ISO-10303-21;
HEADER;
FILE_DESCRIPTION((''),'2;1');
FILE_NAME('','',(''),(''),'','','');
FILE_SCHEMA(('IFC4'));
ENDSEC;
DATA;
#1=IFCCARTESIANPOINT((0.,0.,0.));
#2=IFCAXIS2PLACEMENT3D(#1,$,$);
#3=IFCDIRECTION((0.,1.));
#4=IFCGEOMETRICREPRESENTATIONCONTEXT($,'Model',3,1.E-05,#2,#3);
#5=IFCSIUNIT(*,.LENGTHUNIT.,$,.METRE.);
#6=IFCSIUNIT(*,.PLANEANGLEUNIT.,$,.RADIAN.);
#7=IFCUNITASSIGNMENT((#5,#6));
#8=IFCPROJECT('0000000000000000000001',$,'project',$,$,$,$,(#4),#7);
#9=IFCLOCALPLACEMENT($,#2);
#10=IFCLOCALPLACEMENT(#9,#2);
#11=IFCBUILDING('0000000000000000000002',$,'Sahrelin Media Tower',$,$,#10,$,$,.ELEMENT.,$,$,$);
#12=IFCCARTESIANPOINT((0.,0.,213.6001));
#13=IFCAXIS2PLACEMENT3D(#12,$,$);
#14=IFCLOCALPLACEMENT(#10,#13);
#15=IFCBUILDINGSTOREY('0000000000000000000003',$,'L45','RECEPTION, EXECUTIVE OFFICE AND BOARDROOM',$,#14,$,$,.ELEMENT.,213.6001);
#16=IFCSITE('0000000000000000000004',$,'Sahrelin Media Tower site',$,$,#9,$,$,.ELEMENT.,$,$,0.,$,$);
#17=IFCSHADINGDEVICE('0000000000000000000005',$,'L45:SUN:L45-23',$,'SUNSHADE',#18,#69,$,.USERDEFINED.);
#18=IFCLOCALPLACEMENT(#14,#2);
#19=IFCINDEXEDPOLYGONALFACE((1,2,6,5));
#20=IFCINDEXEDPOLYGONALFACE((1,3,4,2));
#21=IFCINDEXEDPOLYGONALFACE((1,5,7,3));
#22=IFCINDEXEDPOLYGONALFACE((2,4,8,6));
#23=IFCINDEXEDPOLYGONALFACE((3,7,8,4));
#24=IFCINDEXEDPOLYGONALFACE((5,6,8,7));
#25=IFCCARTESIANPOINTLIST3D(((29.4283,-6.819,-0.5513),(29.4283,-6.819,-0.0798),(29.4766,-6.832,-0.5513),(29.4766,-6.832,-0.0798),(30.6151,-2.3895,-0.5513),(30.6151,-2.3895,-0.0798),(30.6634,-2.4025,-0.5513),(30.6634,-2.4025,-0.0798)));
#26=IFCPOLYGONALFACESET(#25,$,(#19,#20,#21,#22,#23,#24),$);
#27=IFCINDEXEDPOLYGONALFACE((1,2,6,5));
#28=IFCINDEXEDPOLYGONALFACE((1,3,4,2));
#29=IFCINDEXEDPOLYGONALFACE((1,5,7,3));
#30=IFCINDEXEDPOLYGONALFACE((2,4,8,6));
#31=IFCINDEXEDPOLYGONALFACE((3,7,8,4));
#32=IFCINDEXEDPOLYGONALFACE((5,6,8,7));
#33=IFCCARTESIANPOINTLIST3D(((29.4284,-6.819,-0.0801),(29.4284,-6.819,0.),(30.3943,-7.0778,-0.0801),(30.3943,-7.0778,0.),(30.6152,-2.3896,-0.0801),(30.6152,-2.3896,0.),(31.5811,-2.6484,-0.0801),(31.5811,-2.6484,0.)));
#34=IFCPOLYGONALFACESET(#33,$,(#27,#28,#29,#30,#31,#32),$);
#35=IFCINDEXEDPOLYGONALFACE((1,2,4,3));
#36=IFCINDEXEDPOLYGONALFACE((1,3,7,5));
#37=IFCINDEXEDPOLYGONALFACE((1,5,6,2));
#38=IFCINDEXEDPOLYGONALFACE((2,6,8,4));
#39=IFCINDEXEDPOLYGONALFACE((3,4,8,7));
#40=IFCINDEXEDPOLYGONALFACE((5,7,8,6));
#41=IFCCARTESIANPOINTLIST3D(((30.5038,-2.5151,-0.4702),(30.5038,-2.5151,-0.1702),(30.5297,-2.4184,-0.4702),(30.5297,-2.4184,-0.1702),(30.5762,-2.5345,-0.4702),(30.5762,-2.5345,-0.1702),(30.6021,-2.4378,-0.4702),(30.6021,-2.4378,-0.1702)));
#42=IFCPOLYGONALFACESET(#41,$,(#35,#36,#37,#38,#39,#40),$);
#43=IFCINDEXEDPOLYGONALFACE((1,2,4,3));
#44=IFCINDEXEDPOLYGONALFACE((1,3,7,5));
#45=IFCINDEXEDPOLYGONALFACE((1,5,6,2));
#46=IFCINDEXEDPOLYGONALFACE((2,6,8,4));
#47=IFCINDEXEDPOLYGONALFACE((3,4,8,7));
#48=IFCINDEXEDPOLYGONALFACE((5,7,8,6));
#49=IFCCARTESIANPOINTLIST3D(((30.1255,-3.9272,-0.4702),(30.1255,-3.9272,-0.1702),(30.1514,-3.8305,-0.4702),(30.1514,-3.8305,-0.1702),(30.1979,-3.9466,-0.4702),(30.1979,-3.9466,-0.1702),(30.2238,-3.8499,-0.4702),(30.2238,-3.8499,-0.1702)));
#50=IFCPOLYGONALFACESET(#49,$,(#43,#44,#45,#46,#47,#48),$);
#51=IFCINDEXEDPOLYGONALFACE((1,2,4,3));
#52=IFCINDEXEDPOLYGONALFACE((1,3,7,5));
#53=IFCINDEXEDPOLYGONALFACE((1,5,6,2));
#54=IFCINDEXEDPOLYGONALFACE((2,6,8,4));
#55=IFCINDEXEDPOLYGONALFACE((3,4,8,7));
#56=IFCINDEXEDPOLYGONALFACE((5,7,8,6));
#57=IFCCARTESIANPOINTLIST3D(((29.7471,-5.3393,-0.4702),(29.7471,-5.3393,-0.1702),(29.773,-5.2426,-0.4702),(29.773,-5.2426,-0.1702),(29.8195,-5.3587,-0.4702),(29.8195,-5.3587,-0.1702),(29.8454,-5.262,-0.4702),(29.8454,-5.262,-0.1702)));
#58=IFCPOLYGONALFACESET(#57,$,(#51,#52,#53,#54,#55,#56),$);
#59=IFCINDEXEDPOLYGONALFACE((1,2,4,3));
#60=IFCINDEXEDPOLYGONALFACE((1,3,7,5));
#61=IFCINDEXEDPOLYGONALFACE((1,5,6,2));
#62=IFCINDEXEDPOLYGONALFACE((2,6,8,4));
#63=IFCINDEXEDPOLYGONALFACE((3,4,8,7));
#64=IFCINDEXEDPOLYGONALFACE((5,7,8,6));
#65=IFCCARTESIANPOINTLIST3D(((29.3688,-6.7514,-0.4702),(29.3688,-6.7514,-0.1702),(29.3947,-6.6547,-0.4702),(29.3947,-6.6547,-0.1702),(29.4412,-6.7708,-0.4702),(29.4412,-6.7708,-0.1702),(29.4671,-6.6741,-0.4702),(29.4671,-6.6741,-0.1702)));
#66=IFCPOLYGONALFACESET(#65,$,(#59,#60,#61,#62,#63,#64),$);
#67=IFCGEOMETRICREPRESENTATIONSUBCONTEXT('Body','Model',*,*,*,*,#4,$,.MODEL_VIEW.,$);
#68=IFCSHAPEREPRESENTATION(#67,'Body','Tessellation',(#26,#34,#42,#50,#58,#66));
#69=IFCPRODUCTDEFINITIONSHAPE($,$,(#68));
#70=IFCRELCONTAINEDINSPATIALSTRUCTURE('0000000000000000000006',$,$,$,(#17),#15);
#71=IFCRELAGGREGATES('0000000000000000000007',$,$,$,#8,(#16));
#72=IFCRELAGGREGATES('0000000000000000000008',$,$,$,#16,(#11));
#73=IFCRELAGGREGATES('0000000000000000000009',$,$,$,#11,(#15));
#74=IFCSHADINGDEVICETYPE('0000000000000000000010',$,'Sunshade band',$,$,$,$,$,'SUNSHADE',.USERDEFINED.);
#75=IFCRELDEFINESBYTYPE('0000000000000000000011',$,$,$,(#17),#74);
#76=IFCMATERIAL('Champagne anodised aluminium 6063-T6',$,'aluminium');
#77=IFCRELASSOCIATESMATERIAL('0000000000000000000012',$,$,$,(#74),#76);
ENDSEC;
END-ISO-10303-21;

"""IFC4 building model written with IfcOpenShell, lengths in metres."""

from ifc_helpers import new_model, si_unit, direction, frame, origin, origin_2d, place, context, subcontext, project, spatial, rectangle, extrude, material, type_object, element, save


model = new_model("IFC4")

# Units and contexts
model_context = context("Model", 3, precision=1e-05, world=origin(), true_north=direction((0.0, 1.0)))
body_context = subcontext(model_context, "Body", "Model", "MODEL_VIEW")
ifc_project = project(units=[si_unit("LENGTHUNIT", "METRE"), si_unit("PLANEANGLEUNIT", "RADIAN")], contexts=[model_context])

# Site, building, storey
site_placement = place(None, origin())
site = spatial("IfcSite", under=ifc_project, at=site_placement, Name="Sahrelin Media Tower site", CompositionType="ELEMENT", RefElevation=0.0)
building_placement = place(site_placement, origin())
building = spatial("IfcBuilding", under=site, at=building_placement, Name="Sahrelin Media Tower", CompositionType="ELEMENT")
storey_placement = place(building_placement, frame((0.0, 0.0, 213.6001)))
storey = spatial("IfcBuildingStorey", under=building, at=storey_placement, Name="L45", Description="RECEPTION, EXECUTIVE OFFICE AND BOARDROOM", CompositionType="ELEMENT", Elevation=213.6001)

# Shared definitions
ifc_material_1 = material(Name="Champagne anodised aluminium 6063-T6", Category="aluminium")

# Shading device
placement_1 = place(storey_placement, frame((30.0024, -4.5991, 0.0), z_axis=(0.0, 0.0, 1.0), x_axis=(-0.258808, -0.965929, 0.0)))
shading_device_type_1 = type_object("IfcShadingDeviceType", Name="Sunshade band", ElementType="SUNSHADE", PredefinedType="USERDEFINED", material=ifc_material_1)
element("IfcShadingDevice", 1, at=placement_1, inside=storey, type_object=shading_device_type_1, Name="L45:SUN:L45-23", ObjectType="SUNSHADE", PredefinedType="USERDEFINED", context=body_context, shape_type="SweptSolid", body=[
    extrude(rectangle(XDim=4.5857, YDim=0.05, at=origin_2d()), frame((0.0, 0.0449, -0.5513)), (0.0, 0.0, 1.0), 0.4714),
    extrude(rectangle(XDim=4.5857, YDim=1.0, at=origin_2d()), frame((0.0, 0.52, -0.0801)), (0.0, 0.0, 1.0), 0.0801),
    extrude(rectangle(XDim=0.1001, YDim=0.075, at=origin_2d()), frame((-2.1929, -0.0176, -0.4702)), (0.0, 0.0, 1.0), 0.3),
    extrude(rectangle(XDim=0.1001, YDim=0.075, at=origin_2d()), frame((-0.731, -0.0176, -0.4702)), (0.0, 0.0, 1.0), 0.3),
    extrude(rectangle(XDim=0.1001, YDim=0.075, at=origin_2d()), frame((0.731, -0.0176, -0.4702)), (0.0, 0.0, 1.0), 0.3),
    extrude(rectangle(XDim=0.1001, YDim=0.075, at=origin_2d()), frame((2.1929, -0.0176, -0.4702)), (0.0, 0.0, 1.0), 0.3),
])

save(model, "model.ifc")
